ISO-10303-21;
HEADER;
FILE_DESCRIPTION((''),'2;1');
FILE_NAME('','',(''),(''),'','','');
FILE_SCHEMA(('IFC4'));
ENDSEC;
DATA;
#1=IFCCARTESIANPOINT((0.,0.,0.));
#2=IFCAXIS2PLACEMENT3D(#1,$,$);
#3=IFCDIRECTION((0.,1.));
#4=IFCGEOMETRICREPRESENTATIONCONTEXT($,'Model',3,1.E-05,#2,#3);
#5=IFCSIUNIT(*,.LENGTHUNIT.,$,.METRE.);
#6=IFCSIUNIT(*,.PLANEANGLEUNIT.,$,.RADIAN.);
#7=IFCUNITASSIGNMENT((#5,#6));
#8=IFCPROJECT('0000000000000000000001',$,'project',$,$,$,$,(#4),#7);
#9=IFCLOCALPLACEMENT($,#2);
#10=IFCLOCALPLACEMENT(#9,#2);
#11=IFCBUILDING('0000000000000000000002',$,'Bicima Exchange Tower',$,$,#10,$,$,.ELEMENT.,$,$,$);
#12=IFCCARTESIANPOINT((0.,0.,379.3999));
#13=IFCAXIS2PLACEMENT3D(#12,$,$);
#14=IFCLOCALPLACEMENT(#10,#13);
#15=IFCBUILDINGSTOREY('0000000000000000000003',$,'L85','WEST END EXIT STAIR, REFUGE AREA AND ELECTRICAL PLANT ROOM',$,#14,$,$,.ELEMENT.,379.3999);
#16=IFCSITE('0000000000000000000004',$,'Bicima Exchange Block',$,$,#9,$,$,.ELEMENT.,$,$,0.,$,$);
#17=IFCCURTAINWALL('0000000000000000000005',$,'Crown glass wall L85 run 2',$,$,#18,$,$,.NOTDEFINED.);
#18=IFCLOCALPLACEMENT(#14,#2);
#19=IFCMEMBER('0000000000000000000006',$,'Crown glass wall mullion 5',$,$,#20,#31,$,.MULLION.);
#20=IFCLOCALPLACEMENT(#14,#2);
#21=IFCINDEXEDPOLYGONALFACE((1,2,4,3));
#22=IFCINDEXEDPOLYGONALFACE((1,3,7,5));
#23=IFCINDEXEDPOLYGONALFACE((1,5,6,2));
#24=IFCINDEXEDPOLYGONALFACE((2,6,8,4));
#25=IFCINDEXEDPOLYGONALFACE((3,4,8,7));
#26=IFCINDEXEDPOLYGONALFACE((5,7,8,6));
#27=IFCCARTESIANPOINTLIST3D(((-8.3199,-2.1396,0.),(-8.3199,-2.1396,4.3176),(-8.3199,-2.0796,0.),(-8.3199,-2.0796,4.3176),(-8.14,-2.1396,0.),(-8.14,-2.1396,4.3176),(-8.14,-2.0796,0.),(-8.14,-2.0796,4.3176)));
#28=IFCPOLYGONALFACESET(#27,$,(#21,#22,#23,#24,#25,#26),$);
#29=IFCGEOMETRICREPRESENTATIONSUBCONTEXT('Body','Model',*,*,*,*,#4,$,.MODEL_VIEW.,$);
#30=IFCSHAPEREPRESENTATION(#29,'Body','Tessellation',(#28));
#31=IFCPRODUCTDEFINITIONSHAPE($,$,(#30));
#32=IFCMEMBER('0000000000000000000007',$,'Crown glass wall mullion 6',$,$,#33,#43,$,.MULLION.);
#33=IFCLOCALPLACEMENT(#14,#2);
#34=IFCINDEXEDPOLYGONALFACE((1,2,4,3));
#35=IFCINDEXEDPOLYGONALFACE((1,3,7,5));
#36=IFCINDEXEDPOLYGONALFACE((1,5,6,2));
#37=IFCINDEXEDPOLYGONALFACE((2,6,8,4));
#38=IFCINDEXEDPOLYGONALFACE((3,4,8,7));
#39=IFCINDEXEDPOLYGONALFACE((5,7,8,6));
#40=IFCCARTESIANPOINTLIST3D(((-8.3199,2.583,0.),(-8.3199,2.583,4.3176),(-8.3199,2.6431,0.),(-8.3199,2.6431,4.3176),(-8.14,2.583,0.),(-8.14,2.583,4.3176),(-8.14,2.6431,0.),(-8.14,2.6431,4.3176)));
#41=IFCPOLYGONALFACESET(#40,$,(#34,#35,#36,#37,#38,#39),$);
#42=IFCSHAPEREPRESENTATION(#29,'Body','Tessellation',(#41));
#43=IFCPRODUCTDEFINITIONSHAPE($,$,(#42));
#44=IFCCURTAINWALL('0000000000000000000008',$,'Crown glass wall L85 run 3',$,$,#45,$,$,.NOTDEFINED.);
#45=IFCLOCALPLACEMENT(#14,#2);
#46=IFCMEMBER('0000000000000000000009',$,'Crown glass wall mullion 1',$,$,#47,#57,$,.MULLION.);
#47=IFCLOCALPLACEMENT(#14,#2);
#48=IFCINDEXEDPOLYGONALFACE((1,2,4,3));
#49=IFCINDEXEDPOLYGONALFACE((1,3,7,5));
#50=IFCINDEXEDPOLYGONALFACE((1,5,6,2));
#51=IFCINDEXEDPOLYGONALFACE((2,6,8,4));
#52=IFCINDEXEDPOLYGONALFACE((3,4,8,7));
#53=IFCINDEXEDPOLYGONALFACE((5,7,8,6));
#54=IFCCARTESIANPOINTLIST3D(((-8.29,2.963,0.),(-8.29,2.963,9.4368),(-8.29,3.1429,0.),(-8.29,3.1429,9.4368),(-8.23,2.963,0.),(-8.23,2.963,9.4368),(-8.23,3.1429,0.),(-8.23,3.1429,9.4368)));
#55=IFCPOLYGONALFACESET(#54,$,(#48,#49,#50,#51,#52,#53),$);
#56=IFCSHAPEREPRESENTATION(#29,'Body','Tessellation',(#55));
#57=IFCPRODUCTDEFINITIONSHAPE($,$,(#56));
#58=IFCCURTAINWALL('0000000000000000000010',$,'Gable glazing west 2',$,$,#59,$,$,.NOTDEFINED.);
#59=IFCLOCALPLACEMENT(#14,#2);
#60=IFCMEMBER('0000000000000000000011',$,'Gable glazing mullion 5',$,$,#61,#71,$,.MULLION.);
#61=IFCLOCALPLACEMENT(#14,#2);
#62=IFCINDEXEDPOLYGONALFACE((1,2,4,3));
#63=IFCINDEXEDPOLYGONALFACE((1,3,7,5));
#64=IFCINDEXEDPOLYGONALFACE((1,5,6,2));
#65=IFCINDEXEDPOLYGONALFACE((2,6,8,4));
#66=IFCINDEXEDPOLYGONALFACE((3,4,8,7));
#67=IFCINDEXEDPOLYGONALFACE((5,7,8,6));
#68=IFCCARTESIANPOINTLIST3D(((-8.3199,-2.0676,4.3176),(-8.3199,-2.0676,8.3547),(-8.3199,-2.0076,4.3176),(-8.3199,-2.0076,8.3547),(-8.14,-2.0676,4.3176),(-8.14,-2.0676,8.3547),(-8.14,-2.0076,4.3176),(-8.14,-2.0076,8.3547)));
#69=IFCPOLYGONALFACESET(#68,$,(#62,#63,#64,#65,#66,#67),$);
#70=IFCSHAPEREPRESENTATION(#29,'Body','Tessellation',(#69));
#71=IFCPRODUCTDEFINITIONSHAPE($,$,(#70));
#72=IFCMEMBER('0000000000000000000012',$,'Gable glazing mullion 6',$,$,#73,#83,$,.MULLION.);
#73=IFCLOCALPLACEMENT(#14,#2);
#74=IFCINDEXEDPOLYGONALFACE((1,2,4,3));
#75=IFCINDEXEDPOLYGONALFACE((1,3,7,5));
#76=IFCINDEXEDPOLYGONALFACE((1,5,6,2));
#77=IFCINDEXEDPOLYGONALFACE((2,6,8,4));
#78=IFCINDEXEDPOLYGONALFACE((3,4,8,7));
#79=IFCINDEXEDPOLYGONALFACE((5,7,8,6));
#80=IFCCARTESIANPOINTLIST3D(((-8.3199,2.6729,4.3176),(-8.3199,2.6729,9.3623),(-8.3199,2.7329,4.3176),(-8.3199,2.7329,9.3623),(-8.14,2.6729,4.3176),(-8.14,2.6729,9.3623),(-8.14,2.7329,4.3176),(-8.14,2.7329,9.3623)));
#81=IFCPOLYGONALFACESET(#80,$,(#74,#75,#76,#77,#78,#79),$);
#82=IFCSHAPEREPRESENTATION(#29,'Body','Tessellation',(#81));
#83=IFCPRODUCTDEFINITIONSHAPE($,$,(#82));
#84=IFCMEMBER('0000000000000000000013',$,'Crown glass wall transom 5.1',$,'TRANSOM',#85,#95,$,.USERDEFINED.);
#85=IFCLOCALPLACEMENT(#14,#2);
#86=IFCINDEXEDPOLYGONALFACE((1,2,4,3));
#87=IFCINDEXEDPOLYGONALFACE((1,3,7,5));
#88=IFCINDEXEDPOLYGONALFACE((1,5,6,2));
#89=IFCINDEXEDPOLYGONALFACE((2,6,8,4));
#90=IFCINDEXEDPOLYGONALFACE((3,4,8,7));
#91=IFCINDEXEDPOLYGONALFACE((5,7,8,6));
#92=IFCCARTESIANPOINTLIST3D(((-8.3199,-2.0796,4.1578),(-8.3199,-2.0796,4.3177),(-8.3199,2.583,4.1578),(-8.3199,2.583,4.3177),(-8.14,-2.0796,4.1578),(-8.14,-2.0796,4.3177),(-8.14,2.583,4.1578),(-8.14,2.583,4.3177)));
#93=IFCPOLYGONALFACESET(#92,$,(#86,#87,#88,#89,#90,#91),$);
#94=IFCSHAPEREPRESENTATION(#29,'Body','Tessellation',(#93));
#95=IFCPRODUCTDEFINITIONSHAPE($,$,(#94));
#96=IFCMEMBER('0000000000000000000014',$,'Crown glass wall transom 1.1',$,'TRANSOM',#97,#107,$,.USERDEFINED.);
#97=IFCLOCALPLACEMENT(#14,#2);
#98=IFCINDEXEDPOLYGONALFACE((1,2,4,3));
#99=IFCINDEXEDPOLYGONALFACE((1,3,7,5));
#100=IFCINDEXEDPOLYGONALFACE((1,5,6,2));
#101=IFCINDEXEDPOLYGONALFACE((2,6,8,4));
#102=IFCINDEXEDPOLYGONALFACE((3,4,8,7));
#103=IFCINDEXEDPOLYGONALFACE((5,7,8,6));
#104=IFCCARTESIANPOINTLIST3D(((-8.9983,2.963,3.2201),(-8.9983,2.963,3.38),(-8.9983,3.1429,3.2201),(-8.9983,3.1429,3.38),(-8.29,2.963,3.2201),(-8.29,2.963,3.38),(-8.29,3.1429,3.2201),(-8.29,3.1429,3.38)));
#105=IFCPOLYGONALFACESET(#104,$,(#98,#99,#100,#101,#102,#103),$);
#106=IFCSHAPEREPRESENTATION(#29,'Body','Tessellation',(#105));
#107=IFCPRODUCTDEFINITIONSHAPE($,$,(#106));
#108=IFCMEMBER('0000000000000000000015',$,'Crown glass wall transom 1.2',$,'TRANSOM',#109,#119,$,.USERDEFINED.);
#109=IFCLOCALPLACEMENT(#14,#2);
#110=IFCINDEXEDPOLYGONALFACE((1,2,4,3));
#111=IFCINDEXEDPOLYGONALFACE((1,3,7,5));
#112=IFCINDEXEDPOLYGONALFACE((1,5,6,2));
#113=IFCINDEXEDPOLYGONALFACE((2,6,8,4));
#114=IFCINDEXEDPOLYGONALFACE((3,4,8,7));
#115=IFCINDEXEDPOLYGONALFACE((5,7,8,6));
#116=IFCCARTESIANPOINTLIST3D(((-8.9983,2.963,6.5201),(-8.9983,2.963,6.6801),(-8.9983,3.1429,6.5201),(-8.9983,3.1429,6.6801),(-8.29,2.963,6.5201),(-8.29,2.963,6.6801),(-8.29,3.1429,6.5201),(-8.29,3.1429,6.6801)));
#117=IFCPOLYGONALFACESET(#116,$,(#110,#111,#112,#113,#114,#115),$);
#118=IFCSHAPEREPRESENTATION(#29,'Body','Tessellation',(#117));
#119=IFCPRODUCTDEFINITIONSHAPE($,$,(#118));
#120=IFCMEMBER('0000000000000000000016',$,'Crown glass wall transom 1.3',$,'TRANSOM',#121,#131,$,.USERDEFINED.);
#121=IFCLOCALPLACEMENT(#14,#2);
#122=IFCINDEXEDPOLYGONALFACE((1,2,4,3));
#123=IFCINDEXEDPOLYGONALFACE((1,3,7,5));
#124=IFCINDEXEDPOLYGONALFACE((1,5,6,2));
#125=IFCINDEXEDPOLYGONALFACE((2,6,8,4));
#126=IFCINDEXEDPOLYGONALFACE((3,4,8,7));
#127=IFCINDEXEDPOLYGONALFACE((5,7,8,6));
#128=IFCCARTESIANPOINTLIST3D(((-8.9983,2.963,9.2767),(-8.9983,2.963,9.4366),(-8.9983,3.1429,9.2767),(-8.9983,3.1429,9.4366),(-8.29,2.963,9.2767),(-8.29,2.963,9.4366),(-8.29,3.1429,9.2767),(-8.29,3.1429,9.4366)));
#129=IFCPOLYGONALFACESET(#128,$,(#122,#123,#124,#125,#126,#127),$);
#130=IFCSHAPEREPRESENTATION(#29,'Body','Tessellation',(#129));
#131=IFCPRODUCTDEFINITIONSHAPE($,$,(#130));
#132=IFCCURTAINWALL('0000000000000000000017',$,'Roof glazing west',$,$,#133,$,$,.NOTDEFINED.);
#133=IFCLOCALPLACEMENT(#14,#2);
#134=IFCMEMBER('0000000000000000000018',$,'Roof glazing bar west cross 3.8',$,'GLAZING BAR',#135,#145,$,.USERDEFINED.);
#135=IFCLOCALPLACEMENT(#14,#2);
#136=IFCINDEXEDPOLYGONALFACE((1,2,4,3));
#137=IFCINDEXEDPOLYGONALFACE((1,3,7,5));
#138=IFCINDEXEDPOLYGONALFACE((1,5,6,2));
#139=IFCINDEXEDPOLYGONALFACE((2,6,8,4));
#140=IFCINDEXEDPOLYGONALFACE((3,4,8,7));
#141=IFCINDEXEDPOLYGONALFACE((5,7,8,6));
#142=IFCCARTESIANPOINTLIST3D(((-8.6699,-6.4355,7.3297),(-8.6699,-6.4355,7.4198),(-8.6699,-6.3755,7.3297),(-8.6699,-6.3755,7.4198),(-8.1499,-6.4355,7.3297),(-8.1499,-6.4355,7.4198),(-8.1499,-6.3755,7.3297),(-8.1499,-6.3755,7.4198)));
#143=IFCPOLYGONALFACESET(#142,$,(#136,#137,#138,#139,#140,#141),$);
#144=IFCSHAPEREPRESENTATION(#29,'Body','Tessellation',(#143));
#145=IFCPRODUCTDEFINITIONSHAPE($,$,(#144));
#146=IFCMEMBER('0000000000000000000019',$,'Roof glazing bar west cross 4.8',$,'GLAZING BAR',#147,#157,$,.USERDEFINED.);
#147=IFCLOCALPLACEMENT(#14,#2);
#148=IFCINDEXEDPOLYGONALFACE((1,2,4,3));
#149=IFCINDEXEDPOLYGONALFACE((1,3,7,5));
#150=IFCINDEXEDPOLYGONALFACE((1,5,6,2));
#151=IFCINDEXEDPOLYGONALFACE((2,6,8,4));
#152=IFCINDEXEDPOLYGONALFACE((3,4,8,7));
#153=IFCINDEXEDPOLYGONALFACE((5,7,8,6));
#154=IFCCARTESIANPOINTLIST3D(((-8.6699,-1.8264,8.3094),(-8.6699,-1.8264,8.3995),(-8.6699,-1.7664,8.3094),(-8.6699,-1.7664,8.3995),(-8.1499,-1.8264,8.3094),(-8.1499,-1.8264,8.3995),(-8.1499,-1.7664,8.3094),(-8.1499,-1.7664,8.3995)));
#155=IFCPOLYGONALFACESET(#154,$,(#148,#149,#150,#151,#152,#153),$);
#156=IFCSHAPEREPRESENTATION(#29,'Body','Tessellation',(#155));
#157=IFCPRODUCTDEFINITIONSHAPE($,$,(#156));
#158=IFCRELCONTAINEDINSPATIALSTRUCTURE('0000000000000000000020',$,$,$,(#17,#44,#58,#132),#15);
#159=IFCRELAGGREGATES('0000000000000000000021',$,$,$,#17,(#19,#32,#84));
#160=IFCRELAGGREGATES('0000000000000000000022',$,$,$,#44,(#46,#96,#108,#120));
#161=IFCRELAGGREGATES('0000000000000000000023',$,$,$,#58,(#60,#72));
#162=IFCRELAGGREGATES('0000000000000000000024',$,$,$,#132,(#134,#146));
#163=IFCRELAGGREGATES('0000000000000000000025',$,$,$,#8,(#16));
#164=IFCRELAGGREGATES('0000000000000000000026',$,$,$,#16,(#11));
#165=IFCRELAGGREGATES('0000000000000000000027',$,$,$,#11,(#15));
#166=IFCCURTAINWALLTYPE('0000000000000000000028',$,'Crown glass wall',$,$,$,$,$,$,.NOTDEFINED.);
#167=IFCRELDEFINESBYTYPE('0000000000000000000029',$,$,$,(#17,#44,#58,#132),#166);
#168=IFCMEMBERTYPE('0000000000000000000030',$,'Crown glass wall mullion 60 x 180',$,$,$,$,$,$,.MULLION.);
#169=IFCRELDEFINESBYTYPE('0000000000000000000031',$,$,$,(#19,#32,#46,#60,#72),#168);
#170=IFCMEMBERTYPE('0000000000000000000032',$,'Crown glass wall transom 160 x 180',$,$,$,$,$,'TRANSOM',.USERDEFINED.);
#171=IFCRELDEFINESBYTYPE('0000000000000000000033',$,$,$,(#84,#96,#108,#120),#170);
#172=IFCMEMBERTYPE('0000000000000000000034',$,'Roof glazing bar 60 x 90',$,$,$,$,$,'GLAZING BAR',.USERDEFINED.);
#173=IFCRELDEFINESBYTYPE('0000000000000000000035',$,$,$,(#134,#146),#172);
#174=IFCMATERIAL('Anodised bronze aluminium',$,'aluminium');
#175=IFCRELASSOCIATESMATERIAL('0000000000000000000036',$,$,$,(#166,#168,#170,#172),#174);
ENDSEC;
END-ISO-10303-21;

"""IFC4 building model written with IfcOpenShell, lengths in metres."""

from ifc_helpers import new_model, si_unit, direction, frame, origin, origin_2d, place, context, subcontext, project, spatial, rectangle, extrude, material, material_profile, profile_set, type_object, element, aggregate, save


model = new_model("IFC4")

# Units and contexts
model_context = context("Model", 3, precision=1e-05, world=origin(), true_north=direction((0.0, 1.0)))
body_context = subcontext(model_context, "Body", "Model", "MODEL_VIEW")
ifc_project = project(units=[si_unit("LENGTHUNIT", "METRE"), si_unit("PLANEANGLEUNIT", "RADIAN")], contexts=[model_context])

# Site, building, storey
site_placement = place(None, origin())
site = spatial("IfcSite", under=ifc_project, at=site_placement, Name="Bicima Exchange Block", CompositionType="ELEMENT", RefElevation=0.0)
building_placement = place(site_placement, origin())
building = spatial("IfcBuilding", under=site, at=building_placement, Name="Bicima Exchange Tower", CompositionType="ELEMENT")
storey_placement = place(building_placement, frame((0.0, 0.0, 379.3999)))
storey = spatial("IfcBuildingStorey", under=building, at=storey_placement, Name="L85", Description="WEST END EXIT STAIR, REFUGE AREA AND ELECTRICAL PLANT ROOM", CompositionType="ELEMENT", Elevation=379.3999)

# Curtain wall, members
ifc_material_1 = material(Name="Anodised bronze aluminium", Category="aluminium")
curtain_wall_type = type_object("IfcCurtainWallType", Name="Crown glass wall", PredefinedType="NOTDEFINED", material=ifc_material_1)
curtain_wall_1_placement = place(storey_placement, origin())
curtain_wall_1 = element("IfcCurtainWall", 1, at=curtain_wall_1_placement, inside=storey, type_object=curtain_wall_type, Name="Crown glass wall L85 run 2", PredefinedType="NOTDEFINED")
ifc_material_profile_1 = material_profile(ifc_material_1, rectangle(XDim=0.1799, YDim=0.0601, at=origin_2d()))
ifc_profile_set_1 = profile_set([ifc_material_profile_1], Name="Anodised bronze aluminium")
member_type_1 = type_object("IfcMemberType", Name="Crown glass wall mullion 60 x 180", PredefinedType="MULLION", material=ifc_profile_set_1)
member_1_placement = place(storey_placement, frame((-8.23, -2.1096, 0.0), z_axis=(0.0, 0.0, 1.0), x_axis=(-1.0, 0.0, 0.0)))
member_1 = element("IfcMember", 2, at=member_1_placement, type_object=member_type_1, Name="Crown glass wall mullion 5", PredefinedType="MULLION", context=body_context, shape_type="SweptSolid", body=[
    extrude(rectangle(XDim=0.1799, YDim=0.0601, at=origin_2d()), origin(), (0.0, 0.0, 1.0), 4.3176),
])
member_2_placement = place(storey_placement, frame((-8.23, 2.613, 0.0), z_axis=(0.0, 0.0, 1.0), x_axis=(-1.0, 0.0, 0.0)))
member_2 = element("IfcMember", 3, at=member_2_placement, type_object=member_type_1, Name="Crown glass wall mullion 6", PredefinedType="MULLION", context=body_context, shape_type="SweptSolid", body=[
    extrude(rectangle(XDim=0.1799, YDim=0.0601, at=origin_2d()), origin(), (0.0, 0.0, 1.0), 4.3176),
])

# Curtain wall, member
curtain_wall_2_placement = place(storey_placement, origin())
curtain_wall_2 = element("IfcCurtainWall", 4, at=curtain_wall_2_placement, inside=storey, type_object=curtain_wall_type, Name="Crown glass wall L85 run 3", PredefinedType="NOTDEFINED")
member_3_placement = place(storey_placement, frame((-8.26, 3.053, 0.0), z_axis=(0.0, 0.0, 1.0), x_axis=(0.0, -1.0, 0.0)))
member_3 = element("IfcMember", 5, at=member_3_placement, type_object=member_type_1, Name="Crown glass wall mullion 1", PredefinedType="MULLION", context=body_context, shape_type="SweptSolid", body=[
    extrude(rectangle(XDim=0.1799, YDim=0.0601, at=origin_2d()), origin(), (0.0, 0.0, 1.0), 9.4368),
])

# Curtain wall, members
curtain_wall_3_placement = place(storey_placement, origin())
curtain_wall_3 = element("IfcCurtainWall", 6, at=curtain_wall_3_placement, inside=storey, type_object=curtain_wall_type, Name="Gable glazing west 2", PredefinedType="NOTDEFINED")
member_4_placement = place(storey_placement, frame((-8.23, -2.0376, 4.3176), z_axis=(0.0, 0.0, 1.0), x_axis=(-1.0, 0.0, 0.0)))
member_4 = element("IfcMember", 7, at=member_4_placement, type_object=member_type_1, Name="Gable glazing mullion 5", PredefinedType="MULLION", context=body_context, shape_type="SweptSolid", body=[
    extrude(rectangle(XDim=0.1799, YDim=0.0601, at=origin_2d()), origin(), (0.0, 0.0, 1.0), 4.0371),
])
member_5_placement = place(storey_placement, frame((-8.23, 2.7029, 4.3176), z_axis=(0.0, 0.0, 1.0), x_axis=(-1.0, 0.0, 0.0)))
member_5 = element("IfcMember", 8, at=member_5_placement, type_object=member_type_1, Name="Gable glazing mullion 6", PredefinedType="MULLION", context=body_context, shape_type="SweptSolid", body=[
    extrude(rectangle(XDim=0.1799, YDim=0.0601, at=origin_2d()), origin(), (0.0, 0.0, 1.0), 5.0447),
])

# Members
ifc_material_profile_2 = material_profile(ifc_material_1, rectangle(XDim=0.1799, YDim=0.1599, at=origin_2d()))
ifc_profile_set_2 = profile_set([ifc_material_profile_2], Name="Anodised bronze aluminium")
member_type_2 = type_object("IfcMemberType", Name="Crown glass wall transom 160 x 180", ElementType="TRANSOM", PredefinedType="USERDEFINED", material=ifc_profile_set_2)
member_6_placement = place(storey_placement, frame((-8.23, -2.0796, 4.2378), z_axis=(0.0, 1.0, 0.0), x_axis=(-1.0, 0.0, 0.0)))
member_6 = element("IfcMember", 9, at=member_6_placement, type_object=member_type_2, Name="Crown glass wall transom 5.1", ObjectType="TRANSOM", PredefinedType="USERDEFINED", context=body_context, shape_type="SweptSolid", body=[
    extrude(rectangle(XDim=0.1799, YDim=0.1599, at=origin_2d()), origin(), (0.0, 0.0, 1.0), 4.6626),
])
member_7_placement = place(storey_placement, frame((-8.29, 3.053, 3.3), z_axis=(-1.0, 0.0, 0.0), x_axis=(0.0, -1.0, 0.0)))
member_7 = element("IfcMember", 10, at=member_7_placement, type_object=member_type_2, Name="Crown glass wall transom 1.1", ObjectType="TRANSOM", PredefinedType="USERDEFINED", context=body_context, shape_type="SweptSolid", body=[
    extrude(rectangle(XDim=0.1799, YDim=0.1599, at=origin_2d()), origin(), (0.0, 0.0, 1.0), 0.7083),
])
member_8_placement = place(storey_placement, frame((-8.29, 3.053, 6.6001), z_axis=(-1.0, 0.0, 0.0), x_axis=(0.0, -1.0, 0.0)))
member_8 = element("IfcMember", 11, at=member_8_placement, type_object=member_type_2, Name="Crown glass wall transom 1.2", ObjectType="TRANSOM", PredefinedType="USERDEFINED", context=body_context, shape_type="SweptSolid", body=[
    extrude(rectangle(XDim=0.1799, YDim=0.1599, at=origin_2d()), origin(), (0.0, 0.0, 1.0), 0.7083),
])
member_9_placement = place(storey_placement, frame((-8.29, 3.053, 9.3567), z_axis=(-1.0, 0.0, 0.0), x_axis=(0.0, -1.0, 0.0)))
member_9 = element("IfcMember", 12, at=member_9_placement, type_object=member_type_2, Name="Crown glass wall transom 1.3", ObjectType="TRANSOM", PredefinedType="USERDEFINED", context=body_context, shape_type="SweptSolid", body=[
    extrude(rectangle(XDim=0.1799, YDim=0.1599, at=origin_2d()), origin(), (0.0, 0.0, 1.0), 0.7083),
])

# Curtain wall, members
curtain_wall_4_placement = place(storey_placement, origin())
curtain_wall_4 = element("IfcCurtainWall", 13, at=curtain_wall_4_placement, inside=storey, type_object=curtain_wall_type, Name="Roof glazing west", PredefinedType="NOTDEFINED")
ifc_material_profile_3 = material_profile(ifc_material_1, rectangle(XDim=0.0601, YDim=0.0901, at=origin_2d()))
ifc_profile_set_3 = profile_set([ifc_material_profile_3], Name="Anodised bronze aluminium")
member_type_3 = type_object("IfcMemberType", Name="Roof glazing bar 60 x 90", ElementType="GLAZING BAR", PredefinedType="USERDEFINED", material=ifc_profile_set_3)
member_10_placement = place(storey_placement, frame((-8.6699, -6.4055, 7.3748), z_axis=(1.0, 0.0, 0.0), x_axis=(0.0, 1.0, 0.0)))
member_10 = element("IfcMember", 14, at=member_10_placement, type_object=member_type_3, Name="Roof glazing bar west cross 3.8", ObjectType="GLAZING BAR", PredefinedType="USERDEFINED", context=body_context, shape_type="SweptSolid", body=[
    extrude(rectangle(XDim=0.0601, YDim=0.0901, at=origin_2d()), origin(), (0.0, 0.0, 1.0), 0.52),
])
member_11_placement = place(storey_placement, frame((-8.6699, -1.7964, 8.3545), z_axis=(1.0, 0.0, 0.0), x_axis=(0.0, 1.0, 0.0)))
member_11 = element("IfcMember", 15, at=member_11_placement, type_object=member_type_3, Name="Roof glazing bar west cross 4.8", ObjectType="GLAZING BAR", PredefinedType="USERDEFINED", context=body_context, shape_type="SweptSolid", body=[
    extrude(rectangle(XDim=0.0601, YDim=0.0901, at=origin_2d()), origin(), (0.0, 0.0, 1.0), 0.52),
])

aggregate(curtain_wall_1, [member_1, member_2, member_6])
aggregate(curtain_wall_2, [member_3, member_7, member_8, member_9])
aggregate(curtain_wall_3, [member_4, member_5])
aggregate(curtain_wall_4, [member_10, member_11])

save(model, "model.ifc")
